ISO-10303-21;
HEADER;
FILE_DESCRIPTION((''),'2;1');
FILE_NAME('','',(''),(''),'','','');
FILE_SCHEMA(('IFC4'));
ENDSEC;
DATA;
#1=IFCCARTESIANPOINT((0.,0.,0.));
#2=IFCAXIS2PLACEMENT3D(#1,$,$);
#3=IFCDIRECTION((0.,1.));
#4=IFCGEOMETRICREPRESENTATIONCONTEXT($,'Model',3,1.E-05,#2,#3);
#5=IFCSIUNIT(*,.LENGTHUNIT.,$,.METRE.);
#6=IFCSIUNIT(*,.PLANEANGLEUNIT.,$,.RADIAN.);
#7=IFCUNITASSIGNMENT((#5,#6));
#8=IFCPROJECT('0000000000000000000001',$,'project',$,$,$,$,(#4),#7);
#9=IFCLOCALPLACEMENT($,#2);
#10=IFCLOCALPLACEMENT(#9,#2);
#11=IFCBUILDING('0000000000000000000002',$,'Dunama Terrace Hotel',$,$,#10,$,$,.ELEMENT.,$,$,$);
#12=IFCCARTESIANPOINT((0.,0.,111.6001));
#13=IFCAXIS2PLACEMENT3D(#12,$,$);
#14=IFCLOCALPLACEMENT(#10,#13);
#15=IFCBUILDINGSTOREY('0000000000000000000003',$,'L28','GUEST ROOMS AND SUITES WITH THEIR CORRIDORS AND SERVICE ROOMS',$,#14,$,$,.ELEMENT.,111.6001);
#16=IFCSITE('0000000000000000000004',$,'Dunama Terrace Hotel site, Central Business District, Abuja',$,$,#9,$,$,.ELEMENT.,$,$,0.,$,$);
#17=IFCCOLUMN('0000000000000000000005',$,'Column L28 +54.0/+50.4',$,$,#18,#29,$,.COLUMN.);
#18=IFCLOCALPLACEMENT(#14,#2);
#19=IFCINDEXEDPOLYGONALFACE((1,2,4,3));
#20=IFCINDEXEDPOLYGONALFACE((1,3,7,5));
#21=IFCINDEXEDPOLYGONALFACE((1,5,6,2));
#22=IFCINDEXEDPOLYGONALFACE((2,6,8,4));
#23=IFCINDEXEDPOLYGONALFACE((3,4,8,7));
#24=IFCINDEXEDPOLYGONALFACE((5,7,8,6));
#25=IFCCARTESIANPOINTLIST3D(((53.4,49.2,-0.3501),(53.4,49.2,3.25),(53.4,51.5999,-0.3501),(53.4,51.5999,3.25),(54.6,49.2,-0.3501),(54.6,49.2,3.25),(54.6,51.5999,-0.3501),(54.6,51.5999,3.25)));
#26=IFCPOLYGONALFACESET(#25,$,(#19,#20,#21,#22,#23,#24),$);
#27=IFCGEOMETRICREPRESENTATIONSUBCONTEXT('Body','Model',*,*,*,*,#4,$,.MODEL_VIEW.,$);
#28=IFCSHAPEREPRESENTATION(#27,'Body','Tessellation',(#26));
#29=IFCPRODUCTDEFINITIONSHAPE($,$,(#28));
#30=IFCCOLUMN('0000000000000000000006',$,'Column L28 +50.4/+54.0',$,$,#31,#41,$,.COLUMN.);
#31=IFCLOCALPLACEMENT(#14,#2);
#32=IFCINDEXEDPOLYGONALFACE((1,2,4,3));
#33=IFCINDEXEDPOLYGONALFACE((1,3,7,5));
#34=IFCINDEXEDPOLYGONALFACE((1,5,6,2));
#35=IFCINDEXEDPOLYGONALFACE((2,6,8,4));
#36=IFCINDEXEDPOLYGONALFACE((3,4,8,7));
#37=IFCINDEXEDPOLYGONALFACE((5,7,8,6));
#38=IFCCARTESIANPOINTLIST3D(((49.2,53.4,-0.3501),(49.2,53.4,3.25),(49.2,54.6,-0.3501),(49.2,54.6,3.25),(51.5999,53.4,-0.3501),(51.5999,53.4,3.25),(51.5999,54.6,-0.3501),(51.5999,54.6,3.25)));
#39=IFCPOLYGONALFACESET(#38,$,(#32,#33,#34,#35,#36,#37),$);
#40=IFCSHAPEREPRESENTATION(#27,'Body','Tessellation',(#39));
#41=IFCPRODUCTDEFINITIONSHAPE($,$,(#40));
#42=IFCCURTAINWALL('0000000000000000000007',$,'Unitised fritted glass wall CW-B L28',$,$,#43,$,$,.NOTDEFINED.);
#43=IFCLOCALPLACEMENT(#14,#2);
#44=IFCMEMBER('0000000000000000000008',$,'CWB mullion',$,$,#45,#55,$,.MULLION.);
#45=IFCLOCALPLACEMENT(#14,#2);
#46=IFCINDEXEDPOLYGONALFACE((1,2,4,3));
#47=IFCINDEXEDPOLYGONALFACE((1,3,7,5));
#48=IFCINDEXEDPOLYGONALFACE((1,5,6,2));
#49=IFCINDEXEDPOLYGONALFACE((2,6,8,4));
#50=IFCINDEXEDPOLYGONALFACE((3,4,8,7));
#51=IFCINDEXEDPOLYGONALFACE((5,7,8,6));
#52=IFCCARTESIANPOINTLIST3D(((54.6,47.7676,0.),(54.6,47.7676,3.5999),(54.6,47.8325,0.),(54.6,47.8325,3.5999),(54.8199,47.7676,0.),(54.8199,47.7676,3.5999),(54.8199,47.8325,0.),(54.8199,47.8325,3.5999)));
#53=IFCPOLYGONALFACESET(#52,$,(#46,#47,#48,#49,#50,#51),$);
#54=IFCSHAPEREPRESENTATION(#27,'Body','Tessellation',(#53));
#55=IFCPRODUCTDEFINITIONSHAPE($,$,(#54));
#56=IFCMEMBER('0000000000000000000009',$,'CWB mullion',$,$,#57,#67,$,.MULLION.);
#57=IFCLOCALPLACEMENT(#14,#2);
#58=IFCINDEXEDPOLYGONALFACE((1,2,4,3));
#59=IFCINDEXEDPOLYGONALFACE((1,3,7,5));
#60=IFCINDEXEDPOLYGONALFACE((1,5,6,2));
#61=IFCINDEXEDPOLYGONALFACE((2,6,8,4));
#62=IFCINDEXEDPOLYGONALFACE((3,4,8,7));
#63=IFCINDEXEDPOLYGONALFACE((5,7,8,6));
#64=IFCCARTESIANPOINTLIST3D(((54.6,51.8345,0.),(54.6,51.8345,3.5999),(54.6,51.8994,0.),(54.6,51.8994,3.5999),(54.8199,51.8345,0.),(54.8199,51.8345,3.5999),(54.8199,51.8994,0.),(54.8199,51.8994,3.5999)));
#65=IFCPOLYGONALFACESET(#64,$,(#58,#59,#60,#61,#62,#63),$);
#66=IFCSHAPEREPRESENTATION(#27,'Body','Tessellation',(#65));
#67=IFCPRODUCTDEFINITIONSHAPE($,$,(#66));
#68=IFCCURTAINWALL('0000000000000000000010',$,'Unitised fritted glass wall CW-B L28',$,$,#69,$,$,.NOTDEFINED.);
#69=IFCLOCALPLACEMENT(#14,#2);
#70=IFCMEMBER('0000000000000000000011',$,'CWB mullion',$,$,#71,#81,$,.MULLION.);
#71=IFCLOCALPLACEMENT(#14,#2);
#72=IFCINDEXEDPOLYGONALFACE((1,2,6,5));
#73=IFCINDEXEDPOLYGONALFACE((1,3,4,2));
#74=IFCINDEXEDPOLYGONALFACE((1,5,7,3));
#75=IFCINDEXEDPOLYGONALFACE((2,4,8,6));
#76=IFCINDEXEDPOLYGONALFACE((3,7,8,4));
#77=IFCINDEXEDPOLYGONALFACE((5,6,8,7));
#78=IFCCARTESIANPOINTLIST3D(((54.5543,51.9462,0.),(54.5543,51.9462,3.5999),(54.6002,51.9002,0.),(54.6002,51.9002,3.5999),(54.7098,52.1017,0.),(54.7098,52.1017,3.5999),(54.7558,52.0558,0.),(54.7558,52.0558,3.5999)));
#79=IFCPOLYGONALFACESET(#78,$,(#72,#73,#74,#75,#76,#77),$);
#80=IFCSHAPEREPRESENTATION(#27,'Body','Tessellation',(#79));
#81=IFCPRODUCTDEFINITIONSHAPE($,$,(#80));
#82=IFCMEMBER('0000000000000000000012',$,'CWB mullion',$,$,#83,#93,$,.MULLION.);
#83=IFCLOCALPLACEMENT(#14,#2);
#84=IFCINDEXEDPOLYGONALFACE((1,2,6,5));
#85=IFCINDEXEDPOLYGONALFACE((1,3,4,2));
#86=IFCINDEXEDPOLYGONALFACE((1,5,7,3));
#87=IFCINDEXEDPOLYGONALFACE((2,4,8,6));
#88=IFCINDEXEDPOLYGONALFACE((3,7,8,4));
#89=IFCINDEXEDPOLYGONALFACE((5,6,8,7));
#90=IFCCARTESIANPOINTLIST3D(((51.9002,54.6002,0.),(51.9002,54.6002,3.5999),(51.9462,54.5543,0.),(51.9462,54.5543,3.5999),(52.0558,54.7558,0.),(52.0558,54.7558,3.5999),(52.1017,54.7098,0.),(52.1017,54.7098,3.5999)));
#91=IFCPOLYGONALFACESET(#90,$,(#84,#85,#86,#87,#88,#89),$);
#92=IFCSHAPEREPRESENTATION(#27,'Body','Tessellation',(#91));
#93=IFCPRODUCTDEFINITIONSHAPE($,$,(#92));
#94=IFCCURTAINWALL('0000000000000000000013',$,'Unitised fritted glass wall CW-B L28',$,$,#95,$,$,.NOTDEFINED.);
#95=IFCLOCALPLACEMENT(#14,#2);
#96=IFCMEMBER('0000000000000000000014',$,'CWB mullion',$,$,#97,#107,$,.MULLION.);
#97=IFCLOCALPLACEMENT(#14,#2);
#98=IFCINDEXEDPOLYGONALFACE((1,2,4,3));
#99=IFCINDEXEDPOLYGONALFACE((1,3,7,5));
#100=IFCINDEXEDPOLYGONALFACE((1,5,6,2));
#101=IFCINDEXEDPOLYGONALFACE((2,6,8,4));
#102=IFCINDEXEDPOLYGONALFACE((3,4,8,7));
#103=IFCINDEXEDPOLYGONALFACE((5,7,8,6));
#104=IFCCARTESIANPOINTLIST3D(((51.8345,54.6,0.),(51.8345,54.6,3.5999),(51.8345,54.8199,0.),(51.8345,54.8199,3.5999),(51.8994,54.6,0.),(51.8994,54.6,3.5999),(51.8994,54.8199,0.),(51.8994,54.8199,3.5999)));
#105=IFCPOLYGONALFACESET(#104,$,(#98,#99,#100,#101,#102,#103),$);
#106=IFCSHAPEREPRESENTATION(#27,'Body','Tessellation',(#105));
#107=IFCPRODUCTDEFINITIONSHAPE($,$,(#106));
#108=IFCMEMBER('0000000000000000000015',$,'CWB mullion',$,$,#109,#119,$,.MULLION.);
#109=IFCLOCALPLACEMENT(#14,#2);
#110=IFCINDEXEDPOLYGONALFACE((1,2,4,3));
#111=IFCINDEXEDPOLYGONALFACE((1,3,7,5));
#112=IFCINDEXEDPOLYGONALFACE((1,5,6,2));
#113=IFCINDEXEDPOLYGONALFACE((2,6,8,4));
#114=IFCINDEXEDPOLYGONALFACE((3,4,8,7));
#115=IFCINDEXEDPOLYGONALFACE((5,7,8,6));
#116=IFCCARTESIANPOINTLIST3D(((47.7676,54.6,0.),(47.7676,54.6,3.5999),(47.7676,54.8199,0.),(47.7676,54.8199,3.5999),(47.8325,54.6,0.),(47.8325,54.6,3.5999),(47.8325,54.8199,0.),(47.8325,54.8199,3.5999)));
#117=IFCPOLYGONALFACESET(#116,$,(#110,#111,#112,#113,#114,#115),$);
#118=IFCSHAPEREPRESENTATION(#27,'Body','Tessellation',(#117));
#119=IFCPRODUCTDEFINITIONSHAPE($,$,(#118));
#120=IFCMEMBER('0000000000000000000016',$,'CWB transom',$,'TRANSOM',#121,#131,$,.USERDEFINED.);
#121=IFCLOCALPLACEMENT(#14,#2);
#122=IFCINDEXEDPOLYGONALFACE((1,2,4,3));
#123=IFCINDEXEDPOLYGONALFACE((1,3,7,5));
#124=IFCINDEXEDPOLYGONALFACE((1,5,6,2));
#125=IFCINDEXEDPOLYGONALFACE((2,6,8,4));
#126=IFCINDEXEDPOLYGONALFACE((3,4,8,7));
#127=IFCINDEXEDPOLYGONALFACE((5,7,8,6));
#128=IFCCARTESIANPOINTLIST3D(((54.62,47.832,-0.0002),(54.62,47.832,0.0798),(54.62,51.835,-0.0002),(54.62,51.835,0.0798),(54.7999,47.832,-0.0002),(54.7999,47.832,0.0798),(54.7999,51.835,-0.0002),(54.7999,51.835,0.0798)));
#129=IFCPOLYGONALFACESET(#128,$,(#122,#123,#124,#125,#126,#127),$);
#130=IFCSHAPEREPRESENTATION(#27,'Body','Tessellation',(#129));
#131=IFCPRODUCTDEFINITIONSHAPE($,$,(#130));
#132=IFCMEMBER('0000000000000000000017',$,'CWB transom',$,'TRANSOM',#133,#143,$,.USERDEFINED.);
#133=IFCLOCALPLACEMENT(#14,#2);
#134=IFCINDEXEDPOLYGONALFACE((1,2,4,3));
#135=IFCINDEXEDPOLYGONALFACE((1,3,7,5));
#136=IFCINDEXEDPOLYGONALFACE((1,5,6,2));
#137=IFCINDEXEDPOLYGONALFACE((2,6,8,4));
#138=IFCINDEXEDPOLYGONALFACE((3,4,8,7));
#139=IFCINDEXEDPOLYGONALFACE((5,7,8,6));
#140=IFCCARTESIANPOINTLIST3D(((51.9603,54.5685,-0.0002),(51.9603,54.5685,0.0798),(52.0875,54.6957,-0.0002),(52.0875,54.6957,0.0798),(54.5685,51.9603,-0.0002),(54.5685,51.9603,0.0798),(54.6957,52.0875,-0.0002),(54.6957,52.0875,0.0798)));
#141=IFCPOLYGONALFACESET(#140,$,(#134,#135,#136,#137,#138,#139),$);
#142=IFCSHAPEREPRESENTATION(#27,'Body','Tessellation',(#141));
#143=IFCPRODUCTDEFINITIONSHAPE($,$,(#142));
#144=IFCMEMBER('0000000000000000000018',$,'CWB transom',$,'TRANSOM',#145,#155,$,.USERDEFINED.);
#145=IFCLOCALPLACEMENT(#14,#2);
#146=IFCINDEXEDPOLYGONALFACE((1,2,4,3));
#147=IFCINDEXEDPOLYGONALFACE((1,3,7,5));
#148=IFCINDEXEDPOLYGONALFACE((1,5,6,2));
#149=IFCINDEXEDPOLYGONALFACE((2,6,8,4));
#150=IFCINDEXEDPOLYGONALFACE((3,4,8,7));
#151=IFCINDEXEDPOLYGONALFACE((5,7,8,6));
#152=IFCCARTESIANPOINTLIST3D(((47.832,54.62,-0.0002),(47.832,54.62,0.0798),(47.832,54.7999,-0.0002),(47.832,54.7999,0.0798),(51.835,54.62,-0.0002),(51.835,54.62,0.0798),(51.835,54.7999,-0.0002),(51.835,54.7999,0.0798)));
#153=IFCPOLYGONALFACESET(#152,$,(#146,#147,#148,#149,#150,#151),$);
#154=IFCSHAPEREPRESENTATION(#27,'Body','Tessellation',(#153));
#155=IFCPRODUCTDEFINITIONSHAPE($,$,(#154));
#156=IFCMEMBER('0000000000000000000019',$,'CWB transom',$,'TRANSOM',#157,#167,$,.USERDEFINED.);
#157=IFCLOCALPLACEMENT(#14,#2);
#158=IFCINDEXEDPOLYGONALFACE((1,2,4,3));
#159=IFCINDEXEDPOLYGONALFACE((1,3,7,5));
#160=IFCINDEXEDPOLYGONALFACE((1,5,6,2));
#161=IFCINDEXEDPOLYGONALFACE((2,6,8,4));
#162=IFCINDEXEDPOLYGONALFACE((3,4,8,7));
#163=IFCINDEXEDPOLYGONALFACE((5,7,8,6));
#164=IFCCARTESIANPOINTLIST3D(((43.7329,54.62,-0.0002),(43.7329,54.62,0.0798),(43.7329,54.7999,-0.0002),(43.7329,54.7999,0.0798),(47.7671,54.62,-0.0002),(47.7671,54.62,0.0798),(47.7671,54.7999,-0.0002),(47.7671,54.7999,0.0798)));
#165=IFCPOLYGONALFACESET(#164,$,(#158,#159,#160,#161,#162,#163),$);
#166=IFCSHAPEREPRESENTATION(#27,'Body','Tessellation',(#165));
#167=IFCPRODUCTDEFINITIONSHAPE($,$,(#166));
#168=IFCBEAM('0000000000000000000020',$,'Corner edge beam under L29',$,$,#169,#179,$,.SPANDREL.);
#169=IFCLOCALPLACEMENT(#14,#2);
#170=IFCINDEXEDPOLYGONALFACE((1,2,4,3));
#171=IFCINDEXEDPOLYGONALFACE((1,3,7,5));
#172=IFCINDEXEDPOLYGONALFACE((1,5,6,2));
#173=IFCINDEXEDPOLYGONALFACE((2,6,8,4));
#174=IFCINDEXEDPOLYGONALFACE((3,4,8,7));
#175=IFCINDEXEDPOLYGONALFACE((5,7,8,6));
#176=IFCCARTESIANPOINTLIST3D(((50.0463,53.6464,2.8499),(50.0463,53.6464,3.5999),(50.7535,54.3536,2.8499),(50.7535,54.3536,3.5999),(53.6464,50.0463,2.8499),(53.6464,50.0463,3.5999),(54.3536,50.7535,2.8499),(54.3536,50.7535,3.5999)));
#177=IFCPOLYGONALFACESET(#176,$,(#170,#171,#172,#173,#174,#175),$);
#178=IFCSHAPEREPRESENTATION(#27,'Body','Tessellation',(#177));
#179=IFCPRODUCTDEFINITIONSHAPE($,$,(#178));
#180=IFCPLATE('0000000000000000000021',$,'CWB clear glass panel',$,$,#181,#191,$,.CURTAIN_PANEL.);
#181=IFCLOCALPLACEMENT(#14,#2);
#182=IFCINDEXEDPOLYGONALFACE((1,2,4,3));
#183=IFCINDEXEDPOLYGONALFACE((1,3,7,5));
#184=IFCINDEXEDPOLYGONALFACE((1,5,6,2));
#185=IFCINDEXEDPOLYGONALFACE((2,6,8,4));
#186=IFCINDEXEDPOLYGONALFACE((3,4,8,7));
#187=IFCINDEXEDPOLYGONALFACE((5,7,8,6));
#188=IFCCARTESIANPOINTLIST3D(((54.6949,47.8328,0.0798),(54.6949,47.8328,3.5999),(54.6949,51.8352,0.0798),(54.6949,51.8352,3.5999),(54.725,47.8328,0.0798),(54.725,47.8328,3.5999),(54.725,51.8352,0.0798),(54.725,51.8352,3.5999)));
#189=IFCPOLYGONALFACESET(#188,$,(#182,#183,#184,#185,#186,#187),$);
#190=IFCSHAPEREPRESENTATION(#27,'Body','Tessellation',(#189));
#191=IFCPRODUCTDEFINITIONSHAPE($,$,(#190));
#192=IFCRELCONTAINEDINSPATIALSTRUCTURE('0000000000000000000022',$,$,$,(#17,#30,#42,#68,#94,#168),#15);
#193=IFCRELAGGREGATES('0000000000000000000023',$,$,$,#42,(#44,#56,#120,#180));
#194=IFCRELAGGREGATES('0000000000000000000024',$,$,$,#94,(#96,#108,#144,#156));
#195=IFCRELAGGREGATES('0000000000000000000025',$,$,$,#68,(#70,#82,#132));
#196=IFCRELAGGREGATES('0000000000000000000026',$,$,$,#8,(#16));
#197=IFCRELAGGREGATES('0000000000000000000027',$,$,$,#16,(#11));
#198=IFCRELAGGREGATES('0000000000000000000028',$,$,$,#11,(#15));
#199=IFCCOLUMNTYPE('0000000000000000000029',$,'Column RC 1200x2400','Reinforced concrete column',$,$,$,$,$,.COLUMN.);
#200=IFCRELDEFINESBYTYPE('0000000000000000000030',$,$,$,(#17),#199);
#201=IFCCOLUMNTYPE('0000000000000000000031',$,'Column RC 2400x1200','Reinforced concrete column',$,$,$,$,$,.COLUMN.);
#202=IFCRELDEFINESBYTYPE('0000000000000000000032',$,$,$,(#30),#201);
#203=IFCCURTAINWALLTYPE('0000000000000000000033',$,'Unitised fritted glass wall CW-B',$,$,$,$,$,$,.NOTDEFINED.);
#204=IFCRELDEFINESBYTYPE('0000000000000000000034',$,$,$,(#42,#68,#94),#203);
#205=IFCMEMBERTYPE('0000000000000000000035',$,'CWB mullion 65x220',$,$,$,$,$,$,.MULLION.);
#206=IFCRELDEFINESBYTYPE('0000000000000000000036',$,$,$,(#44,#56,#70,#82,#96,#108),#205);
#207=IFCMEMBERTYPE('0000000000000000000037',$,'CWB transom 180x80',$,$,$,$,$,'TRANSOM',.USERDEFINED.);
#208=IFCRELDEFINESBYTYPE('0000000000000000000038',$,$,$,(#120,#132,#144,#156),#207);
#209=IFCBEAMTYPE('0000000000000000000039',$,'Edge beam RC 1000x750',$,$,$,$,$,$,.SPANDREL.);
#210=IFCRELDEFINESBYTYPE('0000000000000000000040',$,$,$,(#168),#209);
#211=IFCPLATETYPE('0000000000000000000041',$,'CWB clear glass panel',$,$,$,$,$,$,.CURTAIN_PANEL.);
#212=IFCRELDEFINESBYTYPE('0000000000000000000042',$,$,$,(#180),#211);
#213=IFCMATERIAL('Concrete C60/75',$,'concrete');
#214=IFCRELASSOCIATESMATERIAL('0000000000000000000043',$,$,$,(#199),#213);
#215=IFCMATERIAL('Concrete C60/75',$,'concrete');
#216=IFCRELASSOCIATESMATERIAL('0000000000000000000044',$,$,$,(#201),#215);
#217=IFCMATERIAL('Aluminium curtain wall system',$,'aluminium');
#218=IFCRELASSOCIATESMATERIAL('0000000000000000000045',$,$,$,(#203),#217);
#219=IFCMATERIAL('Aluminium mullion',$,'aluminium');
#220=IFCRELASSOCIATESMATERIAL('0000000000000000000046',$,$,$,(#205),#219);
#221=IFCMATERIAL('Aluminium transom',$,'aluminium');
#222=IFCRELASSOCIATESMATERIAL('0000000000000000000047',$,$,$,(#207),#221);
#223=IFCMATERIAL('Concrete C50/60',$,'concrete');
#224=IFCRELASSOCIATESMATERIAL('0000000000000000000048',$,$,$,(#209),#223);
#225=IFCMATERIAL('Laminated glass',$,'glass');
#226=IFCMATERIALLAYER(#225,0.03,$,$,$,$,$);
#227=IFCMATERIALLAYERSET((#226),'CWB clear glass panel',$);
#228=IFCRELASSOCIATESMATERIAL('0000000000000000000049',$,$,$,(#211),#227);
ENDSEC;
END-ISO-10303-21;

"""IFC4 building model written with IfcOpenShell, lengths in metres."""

from ifc_helpers import new_model, si_unit, direction, frame, origin, origin_2d, place, context, subcontext, project, spatial, rectangle, extrude, material, layer, layer_set, material_profile, profile_set, type_object, element, aggregate, save


model = new_model("IFC4")

# Units and contexts
model_context = context("Model", 3, precision=1e-05, world=origin(), true_north=direction((0.0, 1.0)))
body_context = subcontext(model_context, "Body", "Model", "MODEL_VIEW")
ifc_project = project(units=[si_unit("LENGTHUNIT", "METRE"), si_unit("PLANEANGLEUNIT", "RADIAN")], contexts=[model_context])

# Site, building, storey
site_placement = place(None, origin())
site = spatial("IfcSite", under=ifc_project, at=site_placement, Name="Dunama Terrace Hotel site, Central Business District, Abuja", CompositionType="ELEMENT", RefElevation=0.0)
building_placement = place(site_placement, origin())
building = spatial("IfcBuilding", under=site, at=building_placement, Name="Dunama Terrace Hotel", CompositionType="ELEMENT")
storey_placement = place(building_placement, frame((0.0, 0.0, 111.6001)))
storey = spatial("IfcBuildingStorey", under=building, at=storey_placement, Name="L28", Description="GUEST ROOMS AND SUITES WITH THEIR CORRIDORS AND SERVICE ROOMS", CompositionType="ELEMENT", Elevation=111.6001)

# Columns
ifc_material_1 = material(Name="Concrete C60/75", Category="concrete")
ifc_material_profile_1 = material_profile(ifc_material_1, rectangle(XDim=1.2, YDim=2.3999, at=origin_2d()), Name="RC 1200x2400")
ifc_profile_set_1 = profile_set([ifc_material_profile_1], Name="Concrete C60/75")
column_type_1 = type_object("IfcColumnType", Name="Column RC 1200x2400", Description="Reinforced concrete column", PredefinedType="COLUMN", material=ifc_profile_set_1)
column_1_placement = place(storey_placement, frame((54.0, 50.3999, -0.3501), z_axis=(0.0, 0.0, 1.0), x_axis=(1.0, 0.0, 0.0)))
element("IfcColumn", 1, at=column_1_placement, inside=storey, type_object=column_type_1, Name="Column L28 +54.0/+50.4", PredefinedType="COLUMN", context=body_context, shape_type="SweptSolid", body=[
    extrude(rectangle(XDim=1.2, YDim=2.3999, at=origin_2d()), origin(), (0.0, 0.0, 1.0), 3.6001),
])
ifc_material_2 = material(Name="Concrete C60/75", Category="concrete")
ifc_material_profile_2 = material_profile(ifc_material_2, rectangle(XDim=2.3999, YDim=1.2, at=origin_2d()), Name="RC 2400x1200")
ifc_profile_set_2 = profile_set([ifc_material_profile_2], Name="Concrete C60/75")
column_type_2 = type_object("IfcColumnType", Name="Column RC 2400x1200", Description="Reinforced concrete column", PredefinedType="COLUMN", material=ifc_profile_set_2)
column_2_placement = place(storey_placement, frame((50.3999, 54.0, -0.3501), z_axis=(0.0, 0.0, 1.0), x_axis=(1.0, 0.0, 0.0)))
element("IfcColumn", 2, at=column_2_placement, inside=storey, type_object=column_type_2, Name="Column L28 +50.4/+54.0", PredefinedType="COLUMN", context=body_context, shape_type="SweptSolid", body=[
    extrude(rectangle(XDim=2.3999, YDim=1.2, at=origin_2d()), origin(), (0.0, 0.0, 1.0), 3.6001),
])

# Curtain walls, members
ifc_material_3 = material(Name="Aluminium curtain wall system", Category="aluminium")
curtain_wall_type = type_object("IfcCurtainWallType", Name="Unitised fritted glass wall CW-B", PredefinedType="NOTDEFINED", material=ifc_material_3)
curtain_wall_1_placement = place(storey_placement, origin())
curtain_wall_1 = element("IfcCurtainWall", 3, at=curtain_wall_1_placement, inside=storey, type_object=curtain_wall_type, Name="Unitised fritted glass wall CW-B L28", PredefinedType="NOTDEFINED")
ifc_material_4 = material(Name="Aluminium mullion", Category="aluminium")
ifc_material_profile_3 = material_profile(ifc_material_4, rectangle(XDim=0.0649, YDim=0.22, at=origin_2d()), Name="CWB MULLION 65X220")
ifc_profile_set_3 = profile_set([ifc_material_profile_3], Name="Aluminium mullion")
member_type_1 = type_object("IfcMemberType", Name="CWB mullion 65x220", PredefinedType="MULLION", material=ifc_profile_set_3)
member_1_placement = place(storey_placement, frame((54.71, 47.8, 0.0), z_axis=(0.0, 0.0, 1.0), x_axis=(0.0, 1.0, 0.0)))
member_1 = element("IfcMember", 4, at=member_1_placement, type_object=member_type_1, Name="CWB mullion", PredefinedType="MULLION", context=body_context, shape_type="SweptSolid", body=[
    extrude(rectangle(XDim=0.0649, YDim=0.22, at=origin_2d()), origin(), (0.0, 0.0, 1.0), 3.5999),
])
member_2_placement = place(storey_placement, frame((54.71, 51.8669, 0.0), z_axis=(0.0, 0.0, 1.0), x_axis=(0.0, 1.0, 0.0)))
member_2 = element("IfcMember", 5, at=member_2_placement, type_object=member_type_1, Name="CWB mullion", PredefinedType="MULLION", context=body_context, shape_type="SweptSolid", body=[
    extrude(rectangle(XDim=0.0649, YDim=0.22, at=origin_2d()), origin(), (0.0, 0.0, 1.0), 3.5999),
])
curtain_wall_2_placement = place(storey_placement, origin())
curtain_wall_2 = element("IfcCurtainWall", 6, at=curtain_wall_2_placement, inside=storey, type_object=curtain_wall_type, Name="Unitised fritted glass wall CW-B L28", PredefinedType="NOTDEFINED")
member_3_placement = place(storey_placement, frame((54.655, 52.001, 0.0), z_axis=(0.0, 0.0, 1.0), x_axis=(-0.707107, 0.707107, 0.0)))
member_3 = element("IfcMember", 7, at=member_3_placement, type_object=member_type_1, Name="CWB mullion", PredefinedType="MULLION", context=body_context, shape_type="SweptSolid", body=[
    extrude(rectangle(XDim=0.0649, YDim=0.22, at=origin_2d()), origin(), (0.0, 0.0, 1.0), 3.5999),
])
member_4_placement = place(storey_placement, frame((52.001, 54.655, 0.0), z_axis=(0.0, 0.0, 1.0), x_axis=(-0.707107, 0.707107, 0.0)))
member_4 = element("IfcMember", 8, at=member_4_placement, type_object=member_type_1, Name="CWB mullion", PredefinedType="MULLION", context=body_context, shape_type="SweptSolid", body=[
    extrude(rectangle(XDim=0.0649, YDim=0.22, at=origin_2d()), origin(), (0.0, 0.0, 1.0), 3.5999),
])
curtain_wall_3_placement = place(storey_placement, origin())
curtain_wall_3 = element("IfcCurtainWall", 9, at=curtain_wall_3_placement, inside=storey, type_object=curtain_wall_type, Name="Unitised fritted glass wall CW-B L28", PredefinedType="NOTDEFINED")
member_5_placement = place(storey_placement, frame((51.8669, 54.71, 0.0), z_axis=(0.0, 0.0, 1.0), x_axis=(-1.0, 0.0, 0.0)))
member_5 = element("IfcMember", 10, at=member_5_placement, type_object=member_type_1, Name="CWB mullion", PredefinedType="MULLION", context=body_context, shape_type="SweptSolid", body=[
    extrude(rectangle(XDim=0.0649, YDim=0.22, at=origin_2d()), origin(), (0.0, 0.0, 1.0), 3.5999),
])
member_6_placement = place(storey_placement, frame((47.8, 54.71, 0.0), z_axis=(0.0, 0.0, 1.0), x_axis=(-1.0, 0.0, 0.0)))
member_6 = element("IfcMember", 11, at=member_6_placement, type_object=member_type_1, Name="CWB mullion", PredefinedType="MULLION", context=body_context, shape_type="SweptSolid", body=[
    extrude(rectangle(XDim=0.0649, YDim=0.22, at=origin_2d()), origin(), (0.0, 0.0, 1.0), 3.5999),
])

# Members
ifc_material_5 = material(Name="Aluminium transom", Category="aluminium")
ifc_material_profile_4 = material_profile(ifc_material_5, rectangle(XDim=0.1799, YDim=0.0801, at=origin_2d()), Name="CWB TRANSOM 180X80")
ifc_profile_set_4 = profile_set([ifc_material_profile_4], Name="Aluminium transom")
member_type_2 = type_object("IfcMemberType", Name="CWB transom 180x80", ElementType="TRANSOM", PredefinedType="USERDEFINED", material=ifc_profile_set_4)
member_7_placement = place(storey_placement, frame((54.71, 47.832, 0.0398), z_axis=(0.0, 1.0, 0.0), x_axis=(-1.0, 0.0, 0.0)))
member_7 = element("IfcMember", 12, at=member_7_placement, type_object=member_type_2, Name="CWB transom", ObjectType="TRANSOM", PredefinedType="USERDEFINED", context=body_context, shape_type="SweptSolid", body=[
    extrude(rectangle(XDim=0.1799, YDim=0.0801, at=origin_2d()), origin(), (0.0, 0.0, 1.0), 4.0029),
])
member_8_placement = place(storey_placement, frame((54.6321, 52.0239, 0.0398), z_axis=(-0.707107, 0.707107, 0.0), x_axis=(-0.707107, -0.707107, 0.0)))
member_8 = element("IfcMember", 13, at=member_8_placement, type_object=member_type_2, Name="CWB transom", ObjectType="TRANSOM", PredefinedType="USERDEFINED", context=body_context, shape_type="SweptSolid", body=[
    extrude(rectangle(XDim=0.1799, YDim=0.0801, at=origin_2d()), origin(), (0.0, 0.0, 1.0), 3.6885),
])
member_9_placement = place(storey_placement, frame((51.835, 54.71, 0.0398), z_axis=(-1.0, 0.0, 0.0), x_axis=(0.0, -1.0, 0.0)))
member_9 = element("IfcMember", 14, at=member_9_placement, type_object=member_type_2, Name="CWB transom", ObjectType="TRANSOM", PredefinedType="USERDEFINED", context=body_context, shape_type="SweptSolid", body=[
    extrude(rectangle(XDim=0.1799, YDim=0.0801, at=origin_2d()), origin(), (0.0, 0.0, 1.0), 4.0029),
])
member_10_placement = place(storey_placement, frame((47.7671, 54.71, 0.0398), z_axis=(-1.0, 0.0, 0.0), x_axis=(0.0, -1.0, 0.0)))
member_10 = element("IfcMember", 15, at=member_10_placement, type_object=member_type_2, Name="CWB transom", ObjectType="TRANSOM", PredefinedType="USERDEFINED", context=body_context, shape_type="SweptSolid", body=[
    extrude(rectangle(XDim=0.1799, YDim=0.0801, at=origin_2d()), origin(), (0.0, 0.0, 1.0), 4.0342),
])

# Beam
ifc_material_6 = material(Name="Concrete C50/60", Category="concrete")
ifc_material_profile_5 = material_profile(ifc_material_6, rectangle(XDim=1.0, YDim=0.75, at=origin_2d()), Name="RC 1000x750")
ifc_profile_set_5 = profile_set([ifc_material_profile_5], Name="Concrete C50/60")
beam_type = type_object("IfcBeamType", Name="Edge beam RC 1000x750", PredefinedType="SPANDREL", material=ifc_profile_set_5)
beam_placement = place(storey_placement, frame((50.3999, 54.0, 3.2249), z_axis=(0.707107, -0.707107, 0.0), x_axis=(0.707107, 0.707107, 0.0)))
element("IfcBeam", 16, at=beam_placement, inside=storey, type_object=beam_type, Name="Corner edge beam under L29", PredefinedType="SPANDREL", context=body_context, shape_type="SweptSolid", body=[
    extrude(rectangle(XDim=1.0, YDim=0.75, at=origin_2d()), origin(), (0.0, 0.0, 1.0), 5.0913),
])

# Plate
ifc_material_7 = material(Name="Laminated glass", Category="glass")
ifc_layer_1 = layer(ifc_material_7, 0.03)
ifc_layer_set_1 = layer_set([ifc_layer_1], Name="CWB clear glass panel")
plate_type_1 = type_object("IfcPlateType", Name="CWB clear glass panel", PredefinedType="CURTAIN_PANEL", material=ifc_layer_set_1)
plate_1_placement = place(storey_placement, frame((54.71, 49.834, 0.0798), z_axis=(0.0, 0.0, 1.0), x_axis=(0.0, 1.0, 0.0)))
plate_1 = element("IfcPlate", 17, at=plate_1_placement, type_object=plate_type_1, Name="CWB clear glass panel", PredefinedType="CURTAIN_PANEL", context=body_context, shape_type="SweptSolid", body=[
    extrude(rectangle(XDim=4.0024, YDim=0.03, at=origin_2d()), origin(), (0.0, 0.0, 1.0), 3.52),
])
aggregate(curtain_wall_1, [member_1, member_2, member_7, plate_1])
aggregate(curtain_wall_3, [member_5, member_6, member_9, member_10])
aggregate(curtain_wall_2, [member_3, member_4, member_8])

save(model, "model.ifc")
